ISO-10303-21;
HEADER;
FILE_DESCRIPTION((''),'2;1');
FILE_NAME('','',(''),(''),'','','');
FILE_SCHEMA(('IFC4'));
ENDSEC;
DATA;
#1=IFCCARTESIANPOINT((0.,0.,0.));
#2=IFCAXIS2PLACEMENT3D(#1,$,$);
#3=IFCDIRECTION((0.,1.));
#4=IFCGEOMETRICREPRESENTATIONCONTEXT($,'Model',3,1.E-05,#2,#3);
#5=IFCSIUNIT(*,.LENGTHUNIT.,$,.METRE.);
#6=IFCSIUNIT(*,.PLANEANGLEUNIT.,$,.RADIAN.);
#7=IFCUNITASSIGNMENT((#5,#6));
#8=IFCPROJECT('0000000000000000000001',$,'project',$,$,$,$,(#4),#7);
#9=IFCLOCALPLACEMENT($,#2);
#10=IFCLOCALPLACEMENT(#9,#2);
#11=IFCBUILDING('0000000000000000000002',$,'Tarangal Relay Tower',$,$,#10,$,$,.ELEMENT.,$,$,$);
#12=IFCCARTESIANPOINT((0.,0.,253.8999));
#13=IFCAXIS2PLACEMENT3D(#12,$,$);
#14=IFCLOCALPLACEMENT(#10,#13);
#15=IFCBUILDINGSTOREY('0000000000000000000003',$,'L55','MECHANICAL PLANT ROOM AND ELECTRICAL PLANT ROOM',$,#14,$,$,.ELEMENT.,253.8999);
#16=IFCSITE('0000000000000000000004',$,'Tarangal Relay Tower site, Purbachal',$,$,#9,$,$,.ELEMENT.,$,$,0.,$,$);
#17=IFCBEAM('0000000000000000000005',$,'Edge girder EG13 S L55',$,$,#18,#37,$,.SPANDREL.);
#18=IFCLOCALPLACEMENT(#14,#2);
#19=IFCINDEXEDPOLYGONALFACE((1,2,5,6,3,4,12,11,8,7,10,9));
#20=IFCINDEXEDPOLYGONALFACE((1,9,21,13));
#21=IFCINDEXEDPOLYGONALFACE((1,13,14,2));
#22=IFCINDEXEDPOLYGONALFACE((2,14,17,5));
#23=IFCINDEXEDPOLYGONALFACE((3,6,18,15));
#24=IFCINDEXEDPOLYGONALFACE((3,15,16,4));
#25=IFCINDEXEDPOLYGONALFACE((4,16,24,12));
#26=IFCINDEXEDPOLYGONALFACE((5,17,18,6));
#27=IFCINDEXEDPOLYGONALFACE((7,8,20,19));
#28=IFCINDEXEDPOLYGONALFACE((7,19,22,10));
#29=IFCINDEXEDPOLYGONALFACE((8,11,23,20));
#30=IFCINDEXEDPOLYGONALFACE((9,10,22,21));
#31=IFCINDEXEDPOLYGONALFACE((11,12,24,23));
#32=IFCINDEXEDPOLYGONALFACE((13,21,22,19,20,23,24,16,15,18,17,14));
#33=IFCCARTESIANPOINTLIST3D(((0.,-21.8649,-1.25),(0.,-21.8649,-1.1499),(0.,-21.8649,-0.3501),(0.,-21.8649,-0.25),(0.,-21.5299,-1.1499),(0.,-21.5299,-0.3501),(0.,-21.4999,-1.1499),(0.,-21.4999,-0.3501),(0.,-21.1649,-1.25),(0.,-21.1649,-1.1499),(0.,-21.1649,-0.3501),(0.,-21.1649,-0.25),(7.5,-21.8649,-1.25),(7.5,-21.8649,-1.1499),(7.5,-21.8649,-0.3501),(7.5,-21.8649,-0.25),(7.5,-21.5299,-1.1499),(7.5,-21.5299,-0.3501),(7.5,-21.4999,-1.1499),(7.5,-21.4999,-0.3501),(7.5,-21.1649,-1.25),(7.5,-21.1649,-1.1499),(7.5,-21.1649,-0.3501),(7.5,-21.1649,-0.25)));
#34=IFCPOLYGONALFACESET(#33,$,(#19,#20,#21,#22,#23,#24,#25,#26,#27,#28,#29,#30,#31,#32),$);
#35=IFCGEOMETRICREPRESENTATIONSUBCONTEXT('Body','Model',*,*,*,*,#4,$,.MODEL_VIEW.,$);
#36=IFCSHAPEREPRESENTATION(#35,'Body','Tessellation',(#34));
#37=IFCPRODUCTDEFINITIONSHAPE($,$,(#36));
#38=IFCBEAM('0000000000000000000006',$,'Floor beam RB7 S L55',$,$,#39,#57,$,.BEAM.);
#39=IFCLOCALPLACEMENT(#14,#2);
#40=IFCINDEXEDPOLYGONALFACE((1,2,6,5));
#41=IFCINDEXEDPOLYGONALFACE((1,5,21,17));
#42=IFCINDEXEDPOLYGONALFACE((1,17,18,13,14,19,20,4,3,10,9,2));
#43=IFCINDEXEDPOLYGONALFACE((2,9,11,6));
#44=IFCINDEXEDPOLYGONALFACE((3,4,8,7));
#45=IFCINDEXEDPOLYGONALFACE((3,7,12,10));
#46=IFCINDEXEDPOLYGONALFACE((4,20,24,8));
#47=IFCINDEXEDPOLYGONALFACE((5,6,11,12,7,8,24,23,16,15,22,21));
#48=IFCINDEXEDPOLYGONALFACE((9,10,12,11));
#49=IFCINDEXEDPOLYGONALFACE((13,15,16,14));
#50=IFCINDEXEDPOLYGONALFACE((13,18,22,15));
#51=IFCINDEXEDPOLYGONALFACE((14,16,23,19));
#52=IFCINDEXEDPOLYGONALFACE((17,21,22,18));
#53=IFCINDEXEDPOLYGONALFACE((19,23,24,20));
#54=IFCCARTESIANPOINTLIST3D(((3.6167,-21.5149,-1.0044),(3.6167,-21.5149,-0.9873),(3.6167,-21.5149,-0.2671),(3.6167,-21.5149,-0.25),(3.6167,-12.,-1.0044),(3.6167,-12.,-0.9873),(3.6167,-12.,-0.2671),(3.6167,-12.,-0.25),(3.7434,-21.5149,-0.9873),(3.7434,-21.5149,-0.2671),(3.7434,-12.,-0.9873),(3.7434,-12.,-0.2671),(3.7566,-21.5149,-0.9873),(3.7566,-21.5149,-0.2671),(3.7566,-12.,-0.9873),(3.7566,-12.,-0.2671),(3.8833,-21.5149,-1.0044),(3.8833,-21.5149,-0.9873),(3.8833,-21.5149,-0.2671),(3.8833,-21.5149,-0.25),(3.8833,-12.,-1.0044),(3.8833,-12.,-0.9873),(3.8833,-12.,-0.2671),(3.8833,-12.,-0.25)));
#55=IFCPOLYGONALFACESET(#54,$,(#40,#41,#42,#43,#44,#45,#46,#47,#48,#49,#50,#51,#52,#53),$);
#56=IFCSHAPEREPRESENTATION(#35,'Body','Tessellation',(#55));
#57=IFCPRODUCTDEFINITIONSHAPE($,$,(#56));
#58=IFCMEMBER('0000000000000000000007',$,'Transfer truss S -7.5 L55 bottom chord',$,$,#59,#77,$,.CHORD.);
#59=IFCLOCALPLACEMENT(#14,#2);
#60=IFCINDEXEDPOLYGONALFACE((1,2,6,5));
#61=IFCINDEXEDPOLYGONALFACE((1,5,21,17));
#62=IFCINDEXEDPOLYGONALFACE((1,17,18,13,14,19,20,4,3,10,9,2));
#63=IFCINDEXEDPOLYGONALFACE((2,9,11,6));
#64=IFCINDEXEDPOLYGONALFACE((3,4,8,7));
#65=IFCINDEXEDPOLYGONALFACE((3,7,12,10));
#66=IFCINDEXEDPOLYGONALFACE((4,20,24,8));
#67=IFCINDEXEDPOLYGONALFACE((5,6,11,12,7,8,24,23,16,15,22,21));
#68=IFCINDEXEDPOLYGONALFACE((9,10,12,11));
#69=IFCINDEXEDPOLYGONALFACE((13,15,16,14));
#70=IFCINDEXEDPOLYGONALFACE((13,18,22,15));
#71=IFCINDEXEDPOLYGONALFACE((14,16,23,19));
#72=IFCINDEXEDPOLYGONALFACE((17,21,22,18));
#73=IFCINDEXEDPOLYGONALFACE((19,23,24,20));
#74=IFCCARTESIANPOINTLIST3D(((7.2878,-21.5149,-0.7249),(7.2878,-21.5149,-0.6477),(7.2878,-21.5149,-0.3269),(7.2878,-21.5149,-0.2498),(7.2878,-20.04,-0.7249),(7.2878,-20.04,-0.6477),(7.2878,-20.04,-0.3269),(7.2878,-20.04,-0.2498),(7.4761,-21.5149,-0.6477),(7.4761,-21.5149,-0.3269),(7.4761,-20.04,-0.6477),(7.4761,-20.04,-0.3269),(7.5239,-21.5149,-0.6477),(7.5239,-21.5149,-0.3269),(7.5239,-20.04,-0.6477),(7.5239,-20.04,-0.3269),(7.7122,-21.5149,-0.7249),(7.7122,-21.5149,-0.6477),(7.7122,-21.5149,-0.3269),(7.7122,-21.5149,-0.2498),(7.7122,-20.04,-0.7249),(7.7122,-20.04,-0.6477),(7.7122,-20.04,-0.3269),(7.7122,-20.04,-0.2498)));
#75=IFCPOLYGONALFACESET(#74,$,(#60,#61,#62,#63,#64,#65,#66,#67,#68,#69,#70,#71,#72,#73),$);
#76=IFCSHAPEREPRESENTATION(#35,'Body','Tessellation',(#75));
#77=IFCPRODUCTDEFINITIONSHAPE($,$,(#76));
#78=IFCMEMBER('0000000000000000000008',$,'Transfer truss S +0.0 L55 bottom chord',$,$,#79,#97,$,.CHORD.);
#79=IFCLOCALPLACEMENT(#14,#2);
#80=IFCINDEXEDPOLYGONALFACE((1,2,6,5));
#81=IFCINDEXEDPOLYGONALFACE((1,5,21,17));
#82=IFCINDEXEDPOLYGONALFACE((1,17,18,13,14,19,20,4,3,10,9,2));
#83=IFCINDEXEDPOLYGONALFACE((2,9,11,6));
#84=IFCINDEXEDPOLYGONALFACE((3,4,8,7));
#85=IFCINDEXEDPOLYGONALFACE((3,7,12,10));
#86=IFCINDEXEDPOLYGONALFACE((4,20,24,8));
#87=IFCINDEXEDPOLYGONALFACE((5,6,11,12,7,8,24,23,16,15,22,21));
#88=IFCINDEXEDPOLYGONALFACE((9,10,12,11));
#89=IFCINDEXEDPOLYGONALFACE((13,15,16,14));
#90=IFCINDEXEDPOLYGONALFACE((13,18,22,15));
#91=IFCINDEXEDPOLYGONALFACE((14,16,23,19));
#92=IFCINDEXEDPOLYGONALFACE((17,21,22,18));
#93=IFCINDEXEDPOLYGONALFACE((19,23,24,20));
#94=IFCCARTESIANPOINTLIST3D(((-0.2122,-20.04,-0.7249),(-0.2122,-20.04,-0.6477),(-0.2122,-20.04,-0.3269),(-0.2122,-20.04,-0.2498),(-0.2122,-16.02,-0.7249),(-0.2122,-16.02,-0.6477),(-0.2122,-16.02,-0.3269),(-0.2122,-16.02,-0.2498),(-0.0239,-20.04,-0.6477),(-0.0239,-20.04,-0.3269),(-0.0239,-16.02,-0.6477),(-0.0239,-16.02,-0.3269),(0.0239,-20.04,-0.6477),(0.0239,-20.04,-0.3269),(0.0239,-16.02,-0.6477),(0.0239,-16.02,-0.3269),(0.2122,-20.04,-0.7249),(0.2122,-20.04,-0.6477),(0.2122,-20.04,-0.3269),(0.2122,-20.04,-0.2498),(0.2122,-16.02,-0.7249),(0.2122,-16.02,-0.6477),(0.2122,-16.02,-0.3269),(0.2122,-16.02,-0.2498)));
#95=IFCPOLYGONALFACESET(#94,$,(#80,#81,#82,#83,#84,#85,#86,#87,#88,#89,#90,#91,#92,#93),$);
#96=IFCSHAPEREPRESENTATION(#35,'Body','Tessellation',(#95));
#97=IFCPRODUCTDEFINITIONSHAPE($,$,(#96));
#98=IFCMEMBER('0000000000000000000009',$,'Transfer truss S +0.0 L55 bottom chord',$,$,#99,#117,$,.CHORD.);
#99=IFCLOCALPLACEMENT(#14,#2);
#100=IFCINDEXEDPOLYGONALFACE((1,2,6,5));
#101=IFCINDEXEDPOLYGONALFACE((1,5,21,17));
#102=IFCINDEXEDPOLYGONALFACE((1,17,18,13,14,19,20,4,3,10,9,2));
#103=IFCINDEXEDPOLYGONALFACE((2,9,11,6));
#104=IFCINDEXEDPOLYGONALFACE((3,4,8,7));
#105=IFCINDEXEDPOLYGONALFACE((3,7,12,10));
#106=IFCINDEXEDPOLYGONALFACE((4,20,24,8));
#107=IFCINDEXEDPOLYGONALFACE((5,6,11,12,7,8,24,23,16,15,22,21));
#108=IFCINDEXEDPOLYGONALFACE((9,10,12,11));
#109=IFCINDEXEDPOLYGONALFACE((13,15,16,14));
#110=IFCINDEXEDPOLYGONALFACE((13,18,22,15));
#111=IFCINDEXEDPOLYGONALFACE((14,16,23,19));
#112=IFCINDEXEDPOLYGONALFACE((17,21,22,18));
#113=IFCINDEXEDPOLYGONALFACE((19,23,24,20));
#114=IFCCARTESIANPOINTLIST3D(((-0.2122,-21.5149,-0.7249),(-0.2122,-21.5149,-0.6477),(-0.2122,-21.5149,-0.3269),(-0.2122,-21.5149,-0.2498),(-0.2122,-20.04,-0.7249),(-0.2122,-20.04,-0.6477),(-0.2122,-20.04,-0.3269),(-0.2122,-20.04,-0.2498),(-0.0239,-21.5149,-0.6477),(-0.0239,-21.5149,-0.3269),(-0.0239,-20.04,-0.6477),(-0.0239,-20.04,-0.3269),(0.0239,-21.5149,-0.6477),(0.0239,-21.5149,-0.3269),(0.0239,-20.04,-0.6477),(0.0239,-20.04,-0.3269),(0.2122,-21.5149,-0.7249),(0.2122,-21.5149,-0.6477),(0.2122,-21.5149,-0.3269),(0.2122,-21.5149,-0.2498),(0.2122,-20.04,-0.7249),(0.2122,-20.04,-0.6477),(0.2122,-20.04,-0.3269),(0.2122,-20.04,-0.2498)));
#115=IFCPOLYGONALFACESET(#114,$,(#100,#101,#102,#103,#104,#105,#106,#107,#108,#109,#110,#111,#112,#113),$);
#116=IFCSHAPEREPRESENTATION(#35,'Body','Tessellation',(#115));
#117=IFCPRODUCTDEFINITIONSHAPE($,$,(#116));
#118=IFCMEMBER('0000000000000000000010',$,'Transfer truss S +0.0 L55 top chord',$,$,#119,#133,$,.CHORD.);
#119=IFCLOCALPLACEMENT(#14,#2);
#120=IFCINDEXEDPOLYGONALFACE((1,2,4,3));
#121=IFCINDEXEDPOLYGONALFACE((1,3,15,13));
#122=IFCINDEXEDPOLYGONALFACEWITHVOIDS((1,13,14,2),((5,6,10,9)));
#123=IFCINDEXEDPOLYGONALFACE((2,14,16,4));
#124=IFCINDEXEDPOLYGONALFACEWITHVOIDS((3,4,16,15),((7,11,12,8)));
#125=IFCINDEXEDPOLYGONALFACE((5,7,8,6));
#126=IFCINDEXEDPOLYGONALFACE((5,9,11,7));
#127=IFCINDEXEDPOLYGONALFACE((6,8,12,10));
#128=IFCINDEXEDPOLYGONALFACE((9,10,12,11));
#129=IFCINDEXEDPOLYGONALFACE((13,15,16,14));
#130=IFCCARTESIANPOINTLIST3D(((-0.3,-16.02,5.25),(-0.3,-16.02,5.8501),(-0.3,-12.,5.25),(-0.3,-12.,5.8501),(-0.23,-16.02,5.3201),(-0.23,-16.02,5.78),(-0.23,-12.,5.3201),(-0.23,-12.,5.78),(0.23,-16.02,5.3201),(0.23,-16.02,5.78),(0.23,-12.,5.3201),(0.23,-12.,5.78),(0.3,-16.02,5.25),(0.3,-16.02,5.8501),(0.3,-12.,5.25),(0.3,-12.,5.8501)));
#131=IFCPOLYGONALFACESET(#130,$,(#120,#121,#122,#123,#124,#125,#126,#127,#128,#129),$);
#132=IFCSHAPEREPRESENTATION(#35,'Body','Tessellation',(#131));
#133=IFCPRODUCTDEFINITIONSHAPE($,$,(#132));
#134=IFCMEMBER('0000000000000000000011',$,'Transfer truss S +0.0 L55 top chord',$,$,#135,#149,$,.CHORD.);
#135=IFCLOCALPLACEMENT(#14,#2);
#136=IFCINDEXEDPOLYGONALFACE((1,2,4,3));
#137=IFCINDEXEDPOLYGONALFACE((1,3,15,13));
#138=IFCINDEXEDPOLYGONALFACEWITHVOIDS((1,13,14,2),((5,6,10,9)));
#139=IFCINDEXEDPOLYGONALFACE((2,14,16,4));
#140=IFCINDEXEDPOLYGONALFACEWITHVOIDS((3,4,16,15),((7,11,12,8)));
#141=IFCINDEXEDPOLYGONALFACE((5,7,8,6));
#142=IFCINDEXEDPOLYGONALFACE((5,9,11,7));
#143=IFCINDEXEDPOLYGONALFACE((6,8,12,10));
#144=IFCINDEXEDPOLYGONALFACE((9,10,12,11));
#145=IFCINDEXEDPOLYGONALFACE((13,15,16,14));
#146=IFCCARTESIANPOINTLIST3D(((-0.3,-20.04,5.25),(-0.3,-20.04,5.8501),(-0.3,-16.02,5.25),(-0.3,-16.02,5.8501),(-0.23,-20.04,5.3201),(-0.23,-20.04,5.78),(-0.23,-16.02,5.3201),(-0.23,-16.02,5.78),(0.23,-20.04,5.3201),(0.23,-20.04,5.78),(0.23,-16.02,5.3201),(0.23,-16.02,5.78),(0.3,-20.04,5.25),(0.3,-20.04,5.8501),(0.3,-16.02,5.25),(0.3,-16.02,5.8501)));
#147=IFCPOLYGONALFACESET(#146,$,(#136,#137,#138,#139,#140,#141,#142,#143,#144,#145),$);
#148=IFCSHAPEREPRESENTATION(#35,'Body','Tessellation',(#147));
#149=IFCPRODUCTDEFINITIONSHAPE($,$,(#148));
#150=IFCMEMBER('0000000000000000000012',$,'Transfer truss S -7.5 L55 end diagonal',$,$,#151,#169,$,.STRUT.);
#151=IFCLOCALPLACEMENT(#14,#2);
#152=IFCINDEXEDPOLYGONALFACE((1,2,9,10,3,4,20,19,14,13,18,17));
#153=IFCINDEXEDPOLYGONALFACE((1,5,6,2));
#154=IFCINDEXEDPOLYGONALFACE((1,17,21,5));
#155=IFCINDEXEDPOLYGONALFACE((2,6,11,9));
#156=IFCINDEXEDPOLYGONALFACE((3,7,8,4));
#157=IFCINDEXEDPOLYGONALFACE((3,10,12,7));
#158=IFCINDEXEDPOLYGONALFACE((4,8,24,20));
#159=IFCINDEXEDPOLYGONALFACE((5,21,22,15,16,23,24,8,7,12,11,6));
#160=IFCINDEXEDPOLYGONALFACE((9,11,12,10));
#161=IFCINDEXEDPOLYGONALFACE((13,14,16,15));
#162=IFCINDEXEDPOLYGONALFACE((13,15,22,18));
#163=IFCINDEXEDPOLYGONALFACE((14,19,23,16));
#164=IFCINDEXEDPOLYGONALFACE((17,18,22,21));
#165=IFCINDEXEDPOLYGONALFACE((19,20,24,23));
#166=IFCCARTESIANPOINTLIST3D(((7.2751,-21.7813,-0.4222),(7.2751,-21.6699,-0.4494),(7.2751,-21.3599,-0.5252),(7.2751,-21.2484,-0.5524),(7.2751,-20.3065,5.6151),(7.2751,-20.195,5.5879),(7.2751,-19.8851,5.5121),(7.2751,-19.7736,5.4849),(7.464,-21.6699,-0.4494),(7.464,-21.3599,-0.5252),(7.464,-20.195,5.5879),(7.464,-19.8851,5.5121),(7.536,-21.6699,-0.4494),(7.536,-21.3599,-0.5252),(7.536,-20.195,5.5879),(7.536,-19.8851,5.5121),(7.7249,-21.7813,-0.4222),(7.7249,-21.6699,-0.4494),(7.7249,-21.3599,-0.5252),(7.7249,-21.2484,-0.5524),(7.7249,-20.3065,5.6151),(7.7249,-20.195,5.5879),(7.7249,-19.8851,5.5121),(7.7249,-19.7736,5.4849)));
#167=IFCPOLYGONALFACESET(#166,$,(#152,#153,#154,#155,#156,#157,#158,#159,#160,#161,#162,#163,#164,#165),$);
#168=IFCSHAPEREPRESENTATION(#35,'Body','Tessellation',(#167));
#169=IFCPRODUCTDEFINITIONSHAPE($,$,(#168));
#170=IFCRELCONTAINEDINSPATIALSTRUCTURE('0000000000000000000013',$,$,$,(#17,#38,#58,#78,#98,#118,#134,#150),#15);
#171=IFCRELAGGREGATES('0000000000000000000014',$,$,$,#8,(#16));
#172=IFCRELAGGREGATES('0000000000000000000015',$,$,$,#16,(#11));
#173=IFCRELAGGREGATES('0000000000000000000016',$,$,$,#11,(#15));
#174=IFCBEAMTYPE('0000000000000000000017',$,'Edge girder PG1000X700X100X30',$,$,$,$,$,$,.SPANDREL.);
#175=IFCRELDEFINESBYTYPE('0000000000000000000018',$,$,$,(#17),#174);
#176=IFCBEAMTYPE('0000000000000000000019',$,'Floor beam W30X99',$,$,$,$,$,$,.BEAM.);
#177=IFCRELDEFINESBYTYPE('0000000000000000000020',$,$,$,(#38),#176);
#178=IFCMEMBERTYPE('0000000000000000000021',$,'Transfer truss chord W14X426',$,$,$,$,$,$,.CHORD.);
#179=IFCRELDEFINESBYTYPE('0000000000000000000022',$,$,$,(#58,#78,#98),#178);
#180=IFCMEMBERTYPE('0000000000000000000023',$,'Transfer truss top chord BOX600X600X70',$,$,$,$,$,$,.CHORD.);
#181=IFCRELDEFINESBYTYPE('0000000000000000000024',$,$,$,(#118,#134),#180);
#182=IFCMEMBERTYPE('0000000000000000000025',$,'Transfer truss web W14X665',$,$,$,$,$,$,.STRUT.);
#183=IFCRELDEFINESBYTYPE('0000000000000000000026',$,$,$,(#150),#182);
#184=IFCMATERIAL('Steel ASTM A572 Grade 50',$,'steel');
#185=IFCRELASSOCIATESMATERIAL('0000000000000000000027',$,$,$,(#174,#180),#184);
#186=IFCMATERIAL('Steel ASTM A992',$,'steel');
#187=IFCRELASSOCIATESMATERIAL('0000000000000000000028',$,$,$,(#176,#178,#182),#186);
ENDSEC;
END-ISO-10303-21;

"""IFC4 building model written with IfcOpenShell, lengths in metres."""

from ifc_helpers import new_model, si_unit, direction, frame, origin, origin_2d, place, context, subcontext, project, spatial, hollow_rectangle, i_section, extrude, material, material_profile, profile_set, type_object, element, save


model = new_model("IFC4")

# Units and contexts
model_context = context("Model", 3, precision=1e-05, world=origin(), true_north=direction((0.0, 1.0)))
body_context = subcontext(model_context, "Body", "Model", "MODEL_VIEW")
ifc_project = project(units=[si_unit("LENGTHUNIT", "METRE"), si_unit("PLANEANGLEUNIT", "RADIAN")], contexts=[model_context])

# Site, building, storey
site_placement = place(None, origin())
site = spatial("IfcSite", under=ifc_project, at=site_placement, Name="Tarangal Relay Tower site, Purbachal", CompositionType="ELEMENT", RefElevation=0.0)
building_placement = place(site_placement, origin())
building = spatial("IfcBuilding", under=site, at=building_placement, Name="Tarangal Relay Tower", CompositionType="ELEMENT")
storey_placement = place(building_placement, frame((0.0, 0.0, 253.8999)))
storey = spatial("IfcBuildingStorey", under=building, at=storey_placement, Name="L55", Description="MECHANICAL PLANT ROOM AND ELECTRICAL PLANT ROOM", CompositionType="ELEMENT", Elevation=253.8999)

# Shared definitions
ifc_material_1 = material(Name="Steel ASTM A572 Grade 50", Category="steel")

# Shared definitions
ifc_material_2 = material(Name="Steel ASTM A992", Category="steel")

# Beams
ifc_material_profile_1 = material_profile(ifc_material_1, i_section(OverallWidth=0.7, OverallDepth=1.0, WebThickness=0.03, FlangeThickness=0.1001, at=origin_2d()), Name="PG1000X700X100X30")
ifc_profile_set_1 = profile_set([ifc_material_profile_1], Name="Steel ASTM A572 Grade 50")
beam_type_1 = type_object("IfcBeamType", Name="Edge girder PG1000X700X100X30", PredefinedType="SPANDREL", material=ifc_profile_set_1)
beam_1_placement = place(storey_placement, frame((7.5, -21.5149, -0.75), z_axis=(-1.0, 0.0, 0.0), x_axis=(0.0, -1.0, 0.0)))
element("IfcBeam", 1, at=beam_1_placement, inside=storey, type_object=beam_type_1, Name="Edge girder EG13 S L55", PredefinedType="SPANDREL", context=body_context, shape_type="SweptSolid", body=[
    extrude(i_section(OverallWidth=0.7, OverallDepth=1.0, WebThickness=0.03, FlangeThickness=0.1001, at=origin_2d()), origin(), (0.0, 0.0, 1.0), 7.5),
])
ifc_material_profile_2 = material_profile(ifc_material_2, i_section(OverallWidth=0.2666, OverallDepth=0.7544, WebThickness=0.0132, FlangeThickness=0.0171, at=origin_2d()), Name="W30X99")
ifc_profile_set_2 = profile_set([ifc_material_profile_2], Name="Steel ASTM A992")
beam_type_2 = type_object("IfcBeamType", Name="Floor beam W30X99", PredefinedType="BEAM", material=ifc_profile_set_2)
beam_2_placement = place(storey_placement, frame((3.75, -12.0, -0.6272), z_axis=(0.0, -1.0, 0.0), x_axis=(1.0, 0.0, 0.0)))
element("IfcBeam", 2, at=beam_2_placement, inside=storey, type_object=beam_type_2, Name="Floor beam RB7 S L55", PredefinedType="BEAM", context=body_context, shape_type="SweptSolid", body=[
    extrude(i_section(OverallWidth=0.2666, OverallDepth=0.7544, WebThickness=0.0132, FlangeThickness=0.0171, at=origin_2d()), origin(), (0.0, 0.0, 1.0), 9.5149),
])

# Members
ifc_material_profile_3 = material_profile(ifc_material_2, i_section(OverallWidth=0.4243, OverallDepth=0.4751, WebThickness=0.0479, FlangeThickness=0.0771, at=origin_2d()), Name="W14X426")
ifc_profile_set_3 = profile_set([ifc_material_profile_3], Name="Steel ASTM A992")
member_type_1 = type_object("IfcMemberType", Name="Transfer truss chord W14X426", PredefinedType="CHORD", material=ifc_profile_set_3)
member_1_placement = place(storey_placement, frame((7.5, -20.04, -0.4873), z_axis=(0.0, -1.0, 0.0), x_axis=(1.0, 0.0, 0.0)))
element("IfcMember", 3, at=member_1_placement, inside=storey, type_object=member_type_1, Name="Transfer truss S -7.5 L55 bottom chord", PredefinedType="CHORD", context=body_context, shape_type="SweptSolid", body=[
    extrude(i_section(OverallWidth=0.4243, OverallDepth=0.4751, WebThickness=0.0479, FlangeThickness=0.0771, at=origin_2d()), origin(), (0.0, 0.0, 1.0), 1.4749),
])
member_2_placement = place(storey_placement, frame((0.0, -16.02, -0.4873), z_axis=(0.0, -1.0, 0.0), x_axis=(1.0, 0.0, 0.0)))
element("IfcMember", 4, at=member_2_placement, inside=storey, type_object=member_type_1, Name="Transfer truss S +0.0 L55 bottom chord", PredefinedType="CHORD", context=body_context, shape_type="SweptSolid", body=[
    extrude(i_section(OverallWidth=0.4243, OverallDepth=0.4751, WebThickness=0.0479, FlangeThickness=0.0771, at=origin_2d()), origin(), (0.0, 0.0, 1.0), 4.02),
])
member_3_placement = place(storey_placement, frame((0.0, -20.04, -0.4873), z_axis=(0.0, -1.0, 0.0), x_axis=(1.0, 0.0, 0.0)))
element("IfcMember", 5, at=member_3_placement, inside=storey, type_object=member_type_1, Name="Transfer truss S +0.0 L55 bottom chord", PredefinedType="CHORD", context=body_context, shape_type="SweptSolid", body=[
    extrude(i_section(OverallWidth=0.4243, OverallDepth=0.4751, WebThickness=0.0479, FlangeThickness=0.0771, at=origin_2d()), origin(), (0.0, 0.0, 1.0), 1.4749),
])
ifc_material_profile_4 = material_profile(ifc_material_1, hollow_rectangle(XDim=0.6001, YDim=0.6001, WallThickness=0.0701, at=origin_2d()), Name="BOX600X600X70")
ifc_profile_set_4 = profile_set([ifc_material_profile_4], Name="Steel ASTM A572 Grade 50")
member_type_2 = type_object("IfcMemberType", Name="Transfer truss top chord BOX600X600X70", PredefinedType="CHORD", material=ifc_profile_set_4)
for number, where, z_axis, x_axis, name in (
    (6, (0.0, -12.0, 5.55), (0.0, -1.0, 0.0), (1.0, 0.0, 0.0), "Transfer truss S +0.0 L55 top chord"),
    (7, (0.0, -16.02, 5.55), (0.0, -1.0, 0.0), (1.0, 0.0, 0.0), "Transfer truss S +0.0 L55 top chord"),
):
    element("IfcMember", number, at=place(storey_placement, frame(where, z_axis=z_axis, x_axis=x_axis)), inside=storey, type_object=member_type_2, Name=name, PredefinedType="CHORD", context=body_context, shape_type="SweptSolid", body=[
        extrude(hollow_rectangle(XDim=0.6001, YDim=0.6001, WallThickness=0.0701, at=origin_2d()), origin(), (0.0, 0.0, 1.0), 4.02),
    ])
ifc_material_profile_5 = material_profile(ifc_material_2, i_section(OverallWidth=0.4497, OverallDepth=0.5486, WebThickness=0.072, FlangeThickness=0.1147, at=origin_2d()), Name="W14X665")
ifc_profile_set_5 = profile_set([ifc_material_profile_5], Name="Steel ASTM A992")
member_type_3 = type_object("IfcMemberType", Name="Transfer truss web W14X665", PredefinedType="STRUT", material=ifc_profile_set_5)
member_4_placement = place(storey_placement, frame((7.5, -21.5149, -0.4873), z_axis=(0.0, 0.23731, 0.971434), x_axis=(-1.0, 0.0, 0.0)))
element("IfcMember", 8, at=member_4_placement, inside=storey, type_object=member_type_3, Name="Transfer truss S -7.5 L55 end diagonal", PredefinedType="STRUT", context=body_context, shape_type="SweptSolid", body=[
    extrude(i_section(OverallWidth=0.4497, OverallDepth=0.5486, WebThickness=0.072, FlangeThickness=0.1147, at=origin_2d()), origin(), (0.0, 0.0, 1.0), 6.2148),
])

save(model, "model.ifc")
